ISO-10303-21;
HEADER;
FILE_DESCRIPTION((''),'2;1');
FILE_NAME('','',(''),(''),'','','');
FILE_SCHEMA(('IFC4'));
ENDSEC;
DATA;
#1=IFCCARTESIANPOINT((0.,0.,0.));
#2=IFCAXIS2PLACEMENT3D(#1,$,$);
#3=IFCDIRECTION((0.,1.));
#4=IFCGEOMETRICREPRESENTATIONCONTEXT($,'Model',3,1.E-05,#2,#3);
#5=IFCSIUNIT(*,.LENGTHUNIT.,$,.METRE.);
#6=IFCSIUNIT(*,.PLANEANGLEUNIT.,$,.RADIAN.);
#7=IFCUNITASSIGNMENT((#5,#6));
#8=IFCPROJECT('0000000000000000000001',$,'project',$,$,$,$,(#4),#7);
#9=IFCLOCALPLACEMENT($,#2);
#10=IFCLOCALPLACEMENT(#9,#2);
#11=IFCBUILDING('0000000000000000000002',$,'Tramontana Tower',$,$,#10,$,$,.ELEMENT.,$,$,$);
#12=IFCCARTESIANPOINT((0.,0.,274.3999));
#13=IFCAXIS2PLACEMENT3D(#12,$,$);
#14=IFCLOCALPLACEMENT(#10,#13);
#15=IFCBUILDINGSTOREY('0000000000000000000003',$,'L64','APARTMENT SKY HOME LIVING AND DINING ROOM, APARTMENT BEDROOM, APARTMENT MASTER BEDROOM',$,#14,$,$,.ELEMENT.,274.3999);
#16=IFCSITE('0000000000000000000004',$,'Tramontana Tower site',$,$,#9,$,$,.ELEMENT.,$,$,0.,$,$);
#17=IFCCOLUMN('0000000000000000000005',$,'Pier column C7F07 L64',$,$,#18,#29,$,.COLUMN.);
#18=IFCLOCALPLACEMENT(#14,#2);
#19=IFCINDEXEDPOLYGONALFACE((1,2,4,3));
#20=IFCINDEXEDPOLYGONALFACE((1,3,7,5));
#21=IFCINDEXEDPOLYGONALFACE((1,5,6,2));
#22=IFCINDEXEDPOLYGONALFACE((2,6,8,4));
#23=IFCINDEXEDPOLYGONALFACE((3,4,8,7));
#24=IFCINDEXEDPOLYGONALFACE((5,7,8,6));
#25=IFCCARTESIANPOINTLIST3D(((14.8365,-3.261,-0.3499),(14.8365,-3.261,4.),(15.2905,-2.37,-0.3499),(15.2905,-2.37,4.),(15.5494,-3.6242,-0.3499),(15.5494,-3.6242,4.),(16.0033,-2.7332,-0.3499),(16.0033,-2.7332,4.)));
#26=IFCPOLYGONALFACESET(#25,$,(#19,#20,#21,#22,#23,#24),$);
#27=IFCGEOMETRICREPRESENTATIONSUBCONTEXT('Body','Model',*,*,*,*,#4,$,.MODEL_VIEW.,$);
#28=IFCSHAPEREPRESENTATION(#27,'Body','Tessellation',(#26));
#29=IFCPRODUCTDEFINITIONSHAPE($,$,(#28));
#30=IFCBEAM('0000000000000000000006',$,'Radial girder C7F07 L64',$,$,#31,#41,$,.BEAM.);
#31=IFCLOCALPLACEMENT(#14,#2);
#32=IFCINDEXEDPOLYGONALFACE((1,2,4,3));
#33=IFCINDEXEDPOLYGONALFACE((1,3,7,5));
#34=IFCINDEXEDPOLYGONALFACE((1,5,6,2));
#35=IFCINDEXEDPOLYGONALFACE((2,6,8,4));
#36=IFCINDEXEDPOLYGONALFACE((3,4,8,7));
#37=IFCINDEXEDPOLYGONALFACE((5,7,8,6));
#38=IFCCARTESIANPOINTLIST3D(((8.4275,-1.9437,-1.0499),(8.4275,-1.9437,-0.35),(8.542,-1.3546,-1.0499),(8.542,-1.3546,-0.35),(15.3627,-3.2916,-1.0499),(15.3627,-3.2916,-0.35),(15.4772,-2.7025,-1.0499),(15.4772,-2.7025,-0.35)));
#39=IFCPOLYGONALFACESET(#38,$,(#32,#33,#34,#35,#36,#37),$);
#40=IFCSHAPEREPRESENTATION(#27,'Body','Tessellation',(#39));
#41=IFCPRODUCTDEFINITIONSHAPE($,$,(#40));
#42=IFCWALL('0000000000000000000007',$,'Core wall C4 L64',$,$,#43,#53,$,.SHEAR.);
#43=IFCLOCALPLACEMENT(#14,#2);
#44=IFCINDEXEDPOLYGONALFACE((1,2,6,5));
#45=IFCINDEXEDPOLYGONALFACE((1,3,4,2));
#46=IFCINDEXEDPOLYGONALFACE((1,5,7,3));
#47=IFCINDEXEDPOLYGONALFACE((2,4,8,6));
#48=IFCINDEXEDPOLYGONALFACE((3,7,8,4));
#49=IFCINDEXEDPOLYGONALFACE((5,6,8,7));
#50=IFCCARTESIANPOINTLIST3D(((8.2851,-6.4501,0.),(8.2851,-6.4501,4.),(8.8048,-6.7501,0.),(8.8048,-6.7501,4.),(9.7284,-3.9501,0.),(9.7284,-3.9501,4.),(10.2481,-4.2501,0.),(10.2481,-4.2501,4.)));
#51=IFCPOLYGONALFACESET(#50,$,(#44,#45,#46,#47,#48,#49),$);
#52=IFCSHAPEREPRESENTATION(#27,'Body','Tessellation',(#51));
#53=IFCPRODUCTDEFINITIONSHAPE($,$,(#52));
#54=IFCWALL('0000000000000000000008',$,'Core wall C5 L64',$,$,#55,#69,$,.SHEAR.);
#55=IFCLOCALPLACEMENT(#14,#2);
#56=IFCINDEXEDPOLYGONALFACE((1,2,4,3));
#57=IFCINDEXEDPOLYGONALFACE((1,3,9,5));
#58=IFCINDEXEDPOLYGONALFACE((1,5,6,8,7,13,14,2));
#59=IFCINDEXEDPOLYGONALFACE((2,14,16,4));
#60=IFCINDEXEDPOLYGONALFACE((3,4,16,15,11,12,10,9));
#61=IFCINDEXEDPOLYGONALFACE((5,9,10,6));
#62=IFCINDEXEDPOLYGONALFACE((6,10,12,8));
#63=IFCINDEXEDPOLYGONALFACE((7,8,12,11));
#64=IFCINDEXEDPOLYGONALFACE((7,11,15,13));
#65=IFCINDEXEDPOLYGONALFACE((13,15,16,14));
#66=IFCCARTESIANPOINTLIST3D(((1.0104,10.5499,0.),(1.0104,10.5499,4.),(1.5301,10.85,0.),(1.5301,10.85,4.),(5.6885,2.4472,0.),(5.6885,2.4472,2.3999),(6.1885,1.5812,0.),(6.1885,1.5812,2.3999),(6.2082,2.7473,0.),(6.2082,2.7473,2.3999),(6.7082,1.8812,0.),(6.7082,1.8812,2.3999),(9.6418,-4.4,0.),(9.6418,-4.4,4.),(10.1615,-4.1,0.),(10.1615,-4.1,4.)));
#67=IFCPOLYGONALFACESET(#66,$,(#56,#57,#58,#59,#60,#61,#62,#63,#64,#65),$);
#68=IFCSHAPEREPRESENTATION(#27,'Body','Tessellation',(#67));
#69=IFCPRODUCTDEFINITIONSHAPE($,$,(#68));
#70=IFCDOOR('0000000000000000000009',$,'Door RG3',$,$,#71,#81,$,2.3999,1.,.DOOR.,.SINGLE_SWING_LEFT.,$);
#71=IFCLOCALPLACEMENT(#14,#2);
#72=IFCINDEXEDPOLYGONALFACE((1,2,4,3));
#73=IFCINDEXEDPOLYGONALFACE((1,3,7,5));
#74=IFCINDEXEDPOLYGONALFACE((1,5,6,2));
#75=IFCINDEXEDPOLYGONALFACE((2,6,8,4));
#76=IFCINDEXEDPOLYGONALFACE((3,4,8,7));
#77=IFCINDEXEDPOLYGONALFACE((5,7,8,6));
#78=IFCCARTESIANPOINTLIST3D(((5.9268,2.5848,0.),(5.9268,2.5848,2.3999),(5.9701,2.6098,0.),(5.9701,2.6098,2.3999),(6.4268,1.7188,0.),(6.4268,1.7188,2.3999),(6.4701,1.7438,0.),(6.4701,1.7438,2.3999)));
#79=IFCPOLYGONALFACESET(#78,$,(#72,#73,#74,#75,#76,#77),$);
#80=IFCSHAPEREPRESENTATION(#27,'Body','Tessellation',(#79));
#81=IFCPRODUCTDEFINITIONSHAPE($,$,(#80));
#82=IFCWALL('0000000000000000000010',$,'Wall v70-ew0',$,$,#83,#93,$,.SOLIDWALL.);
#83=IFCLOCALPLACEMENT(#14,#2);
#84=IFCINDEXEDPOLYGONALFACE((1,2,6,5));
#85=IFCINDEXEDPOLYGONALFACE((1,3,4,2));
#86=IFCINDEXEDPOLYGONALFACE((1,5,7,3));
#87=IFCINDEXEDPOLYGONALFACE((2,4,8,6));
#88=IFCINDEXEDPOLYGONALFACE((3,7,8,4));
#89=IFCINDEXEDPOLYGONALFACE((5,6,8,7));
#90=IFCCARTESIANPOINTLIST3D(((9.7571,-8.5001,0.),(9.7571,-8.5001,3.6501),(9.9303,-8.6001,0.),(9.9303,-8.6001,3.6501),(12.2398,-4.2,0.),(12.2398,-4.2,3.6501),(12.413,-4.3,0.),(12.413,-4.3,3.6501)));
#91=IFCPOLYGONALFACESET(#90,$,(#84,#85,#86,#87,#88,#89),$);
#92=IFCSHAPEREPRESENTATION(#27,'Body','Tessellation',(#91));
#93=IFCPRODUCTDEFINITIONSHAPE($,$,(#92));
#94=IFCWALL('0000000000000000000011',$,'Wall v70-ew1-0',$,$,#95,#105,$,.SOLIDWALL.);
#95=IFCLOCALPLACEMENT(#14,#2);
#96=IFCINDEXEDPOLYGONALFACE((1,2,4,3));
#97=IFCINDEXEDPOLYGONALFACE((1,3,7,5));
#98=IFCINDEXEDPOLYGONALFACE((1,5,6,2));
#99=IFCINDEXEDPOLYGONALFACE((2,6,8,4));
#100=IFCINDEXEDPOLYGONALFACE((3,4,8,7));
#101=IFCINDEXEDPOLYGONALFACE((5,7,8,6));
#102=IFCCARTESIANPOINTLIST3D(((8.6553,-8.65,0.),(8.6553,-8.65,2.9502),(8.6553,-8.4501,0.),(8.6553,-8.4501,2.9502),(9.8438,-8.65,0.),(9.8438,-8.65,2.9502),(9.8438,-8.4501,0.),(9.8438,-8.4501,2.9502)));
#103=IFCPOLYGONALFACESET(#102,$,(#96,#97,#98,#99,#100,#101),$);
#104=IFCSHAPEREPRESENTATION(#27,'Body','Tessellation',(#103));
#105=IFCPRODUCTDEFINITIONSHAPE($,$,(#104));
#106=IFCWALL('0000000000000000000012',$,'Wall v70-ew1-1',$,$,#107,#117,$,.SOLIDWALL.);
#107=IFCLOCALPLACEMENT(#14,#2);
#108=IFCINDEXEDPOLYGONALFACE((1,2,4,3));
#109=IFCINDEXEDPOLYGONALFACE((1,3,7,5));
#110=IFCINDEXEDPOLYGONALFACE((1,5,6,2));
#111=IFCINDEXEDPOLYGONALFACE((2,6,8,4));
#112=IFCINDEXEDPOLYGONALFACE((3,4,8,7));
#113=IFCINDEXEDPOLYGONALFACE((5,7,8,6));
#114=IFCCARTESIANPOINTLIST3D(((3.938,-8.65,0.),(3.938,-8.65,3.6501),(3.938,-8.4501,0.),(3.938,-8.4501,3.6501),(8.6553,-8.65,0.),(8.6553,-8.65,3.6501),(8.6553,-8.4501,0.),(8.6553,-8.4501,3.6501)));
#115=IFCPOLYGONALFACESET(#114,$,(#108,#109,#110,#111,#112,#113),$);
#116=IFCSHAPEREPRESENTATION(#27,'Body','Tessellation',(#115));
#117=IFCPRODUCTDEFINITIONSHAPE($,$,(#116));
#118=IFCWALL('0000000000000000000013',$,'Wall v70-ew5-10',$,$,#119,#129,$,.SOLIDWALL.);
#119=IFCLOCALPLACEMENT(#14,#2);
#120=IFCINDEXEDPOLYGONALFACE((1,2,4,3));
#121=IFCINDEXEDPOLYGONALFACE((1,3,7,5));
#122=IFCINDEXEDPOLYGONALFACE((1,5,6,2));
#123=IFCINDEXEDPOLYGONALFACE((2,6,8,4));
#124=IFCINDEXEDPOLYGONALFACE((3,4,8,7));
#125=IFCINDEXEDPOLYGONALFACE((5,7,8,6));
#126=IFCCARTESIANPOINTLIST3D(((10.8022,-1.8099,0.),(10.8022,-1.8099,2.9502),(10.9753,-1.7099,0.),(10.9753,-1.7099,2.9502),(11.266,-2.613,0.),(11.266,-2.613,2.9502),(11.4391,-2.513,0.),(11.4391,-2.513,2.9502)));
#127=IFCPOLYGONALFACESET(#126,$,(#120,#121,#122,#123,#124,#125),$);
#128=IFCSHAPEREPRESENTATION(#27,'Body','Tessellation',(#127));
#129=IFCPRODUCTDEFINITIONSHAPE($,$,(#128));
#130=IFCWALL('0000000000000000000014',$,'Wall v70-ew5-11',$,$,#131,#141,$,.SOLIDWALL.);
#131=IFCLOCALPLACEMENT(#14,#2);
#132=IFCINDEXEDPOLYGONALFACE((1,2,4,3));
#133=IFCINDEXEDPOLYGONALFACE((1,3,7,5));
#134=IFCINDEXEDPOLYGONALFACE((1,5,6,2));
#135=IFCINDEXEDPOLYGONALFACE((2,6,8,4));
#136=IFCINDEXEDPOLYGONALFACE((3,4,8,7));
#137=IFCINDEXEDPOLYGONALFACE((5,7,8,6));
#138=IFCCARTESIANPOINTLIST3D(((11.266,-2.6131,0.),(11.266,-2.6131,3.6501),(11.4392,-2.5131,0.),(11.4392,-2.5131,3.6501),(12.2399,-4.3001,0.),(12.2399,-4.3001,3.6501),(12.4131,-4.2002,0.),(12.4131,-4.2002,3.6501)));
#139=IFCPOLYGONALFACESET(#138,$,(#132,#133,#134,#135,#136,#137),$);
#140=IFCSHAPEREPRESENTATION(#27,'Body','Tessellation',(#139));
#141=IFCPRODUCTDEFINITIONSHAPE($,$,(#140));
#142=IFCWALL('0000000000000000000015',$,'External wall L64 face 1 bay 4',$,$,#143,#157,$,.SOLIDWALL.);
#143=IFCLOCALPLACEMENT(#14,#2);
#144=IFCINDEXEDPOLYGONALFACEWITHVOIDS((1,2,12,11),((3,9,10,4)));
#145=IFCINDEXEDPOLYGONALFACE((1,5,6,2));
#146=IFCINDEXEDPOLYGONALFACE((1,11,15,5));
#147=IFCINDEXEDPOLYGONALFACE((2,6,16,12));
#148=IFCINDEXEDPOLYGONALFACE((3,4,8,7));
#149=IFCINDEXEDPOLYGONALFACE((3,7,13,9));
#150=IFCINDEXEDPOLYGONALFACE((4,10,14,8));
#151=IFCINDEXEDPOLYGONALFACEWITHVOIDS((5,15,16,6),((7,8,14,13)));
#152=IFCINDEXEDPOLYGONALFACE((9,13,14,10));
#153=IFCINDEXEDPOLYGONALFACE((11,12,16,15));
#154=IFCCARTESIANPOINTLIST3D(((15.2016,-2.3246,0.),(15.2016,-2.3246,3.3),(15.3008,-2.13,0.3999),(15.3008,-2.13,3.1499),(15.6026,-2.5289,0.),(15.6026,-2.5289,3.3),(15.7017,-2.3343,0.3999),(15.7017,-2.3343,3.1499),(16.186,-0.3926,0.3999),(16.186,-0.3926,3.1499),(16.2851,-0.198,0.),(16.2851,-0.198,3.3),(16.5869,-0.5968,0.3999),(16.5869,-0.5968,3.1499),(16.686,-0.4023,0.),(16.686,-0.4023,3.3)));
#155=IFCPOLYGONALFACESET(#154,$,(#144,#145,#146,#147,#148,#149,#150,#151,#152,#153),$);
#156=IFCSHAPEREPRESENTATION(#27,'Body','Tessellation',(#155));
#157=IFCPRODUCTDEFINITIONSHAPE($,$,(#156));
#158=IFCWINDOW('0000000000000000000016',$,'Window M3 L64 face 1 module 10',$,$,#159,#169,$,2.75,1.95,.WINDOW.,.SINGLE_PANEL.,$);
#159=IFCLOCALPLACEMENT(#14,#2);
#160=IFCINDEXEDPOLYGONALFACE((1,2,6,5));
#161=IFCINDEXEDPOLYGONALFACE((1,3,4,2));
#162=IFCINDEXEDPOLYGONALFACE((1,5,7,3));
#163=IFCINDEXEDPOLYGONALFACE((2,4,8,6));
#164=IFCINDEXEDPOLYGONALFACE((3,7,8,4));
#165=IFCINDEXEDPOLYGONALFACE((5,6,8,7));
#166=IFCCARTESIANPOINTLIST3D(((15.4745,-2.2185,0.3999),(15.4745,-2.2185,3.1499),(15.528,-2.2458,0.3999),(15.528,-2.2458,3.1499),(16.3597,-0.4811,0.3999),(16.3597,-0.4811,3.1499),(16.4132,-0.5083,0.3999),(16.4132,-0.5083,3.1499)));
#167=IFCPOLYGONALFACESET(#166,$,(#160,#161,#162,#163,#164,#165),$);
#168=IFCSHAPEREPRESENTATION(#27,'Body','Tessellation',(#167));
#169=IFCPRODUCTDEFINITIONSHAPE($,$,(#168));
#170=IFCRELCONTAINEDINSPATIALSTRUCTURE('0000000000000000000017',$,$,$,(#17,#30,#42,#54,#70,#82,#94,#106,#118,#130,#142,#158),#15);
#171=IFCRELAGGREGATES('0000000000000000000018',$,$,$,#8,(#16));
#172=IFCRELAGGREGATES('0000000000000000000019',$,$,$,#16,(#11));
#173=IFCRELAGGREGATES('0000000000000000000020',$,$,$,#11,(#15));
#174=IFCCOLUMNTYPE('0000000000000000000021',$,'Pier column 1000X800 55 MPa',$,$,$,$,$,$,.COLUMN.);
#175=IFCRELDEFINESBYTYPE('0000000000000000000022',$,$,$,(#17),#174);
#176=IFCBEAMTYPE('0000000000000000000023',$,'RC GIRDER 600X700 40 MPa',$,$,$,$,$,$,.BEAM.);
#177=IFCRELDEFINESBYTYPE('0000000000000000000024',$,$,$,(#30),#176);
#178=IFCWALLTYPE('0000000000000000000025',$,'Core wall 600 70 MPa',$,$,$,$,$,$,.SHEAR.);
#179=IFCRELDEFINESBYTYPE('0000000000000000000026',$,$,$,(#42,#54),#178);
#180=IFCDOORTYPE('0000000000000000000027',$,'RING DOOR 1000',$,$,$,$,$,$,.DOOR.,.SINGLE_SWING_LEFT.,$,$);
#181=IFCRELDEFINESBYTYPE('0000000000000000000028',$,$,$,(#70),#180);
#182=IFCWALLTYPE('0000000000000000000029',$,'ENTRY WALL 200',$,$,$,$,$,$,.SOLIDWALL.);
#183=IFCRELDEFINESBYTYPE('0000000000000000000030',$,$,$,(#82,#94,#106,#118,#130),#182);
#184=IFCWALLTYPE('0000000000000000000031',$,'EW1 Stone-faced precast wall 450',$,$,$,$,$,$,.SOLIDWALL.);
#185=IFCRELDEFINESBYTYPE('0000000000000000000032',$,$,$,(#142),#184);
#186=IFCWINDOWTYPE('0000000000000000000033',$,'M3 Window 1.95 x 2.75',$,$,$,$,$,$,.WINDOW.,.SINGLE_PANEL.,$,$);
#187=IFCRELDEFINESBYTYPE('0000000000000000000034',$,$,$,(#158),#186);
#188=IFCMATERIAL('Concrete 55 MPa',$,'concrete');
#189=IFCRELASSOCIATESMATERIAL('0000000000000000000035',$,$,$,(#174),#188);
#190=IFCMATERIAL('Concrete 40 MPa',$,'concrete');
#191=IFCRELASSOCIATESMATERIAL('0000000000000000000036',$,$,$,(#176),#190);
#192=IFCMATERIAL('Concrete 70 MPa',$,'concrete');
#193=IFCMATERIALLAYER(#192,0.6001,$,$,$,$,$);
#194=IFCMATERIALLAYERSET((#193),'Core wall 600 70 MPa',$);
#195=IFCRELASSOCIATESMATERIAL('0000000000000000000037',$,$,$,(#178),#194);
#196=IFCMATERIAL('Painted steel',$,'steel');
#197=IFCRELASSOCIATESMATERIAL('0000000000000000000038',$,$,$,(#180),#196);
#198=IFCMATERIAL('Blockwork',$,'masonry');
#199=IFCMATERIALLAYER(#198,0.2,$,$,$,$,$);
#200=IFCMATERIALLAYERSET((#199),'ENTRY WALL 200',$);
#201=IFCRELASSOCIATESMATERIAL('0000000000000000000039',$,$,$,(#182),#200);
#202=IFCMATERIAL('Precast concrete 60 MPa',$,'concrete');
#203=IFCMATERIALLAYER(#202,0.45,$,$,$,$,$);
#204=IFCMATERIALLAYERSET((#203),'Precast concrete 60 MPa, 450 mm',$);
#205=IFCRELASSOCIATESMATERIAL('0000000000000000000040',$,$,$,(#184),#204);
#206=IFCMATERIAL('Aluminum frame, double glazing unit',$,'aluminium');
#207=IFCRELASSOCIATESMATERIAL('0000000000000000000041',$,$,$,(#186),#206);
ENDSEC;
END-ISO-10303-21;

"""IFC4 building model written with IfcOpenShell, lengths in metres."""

from ifc_helpers import new_model, si_unit, direction, frame, frame_2d, origin, origin_2d, place, context, subcontext, project, spatial, rectangle, extrude, material, layer, layer_set, material_profile, profile_set, type_object, element, fill, save


model = new_model("IFC4")

# Units and contexts
model_context = context("Model", 3, precision=1e-05, world=origin(), true_north=direction((0.0, 1.0)))
body_context = subcontext(model_context, "Body", "Model", "MODEL_VIEW")
ifc_project = project(units=[si_unit("LENGTHUNIT", "METRE"), si_unit("PLANEANGLEUNIT", "RADIAN")], contexts=[model_context])

# Site, building, storey
site_placement = place(None, origin())
site = spatial("IfcSite", under=ifc_project, at=site_placement, Name="Tramontana Tower site", CompositionType="ELEMENT", RefElevation=0.0)
building_placement = place(site_placement, origin())
building = spatial("IfcBuilding", under=site, at=building_placement, Name="Tramontana Tower", CompositionType="ELEMENT")
storey_placement = place(building_placement, frame((0.0, 0.0, 274.3999)))
storey = spatial("IfcBuildingStorey", under=building, at=storey_placement, Name="L64", Description="APARTMENT SKY HOME LIVING AND DINING ROOM, APARTMENT BEDROOM, APARTMENT MASTER BEDROOM", CompositionType="ELEMENT", Elevation=274.3999)

# Column
ifc_material_1 = material(Name="Concrete 55 MPa", Category="concrete")
ifc_material_profile_1 = material_profile(ifc_material_1, rectangle(XDim=1.0, YDim=0.8, at=origin_2d()), Name="Pier column 1000X800 55 MPa")
ifc_profile_set_1 = profile_set([ifc_material_profile_1], Name="Concrete 55 MPa")
column_type = type_object("IfcColumnType", Name="Pier column 1000X800 55 MPa", PredefinedType="COLUMN", material=ifc_profile_set_1)
column_placement = place(storey_placement, frame((15.4199, -2.9971, -0.3499), z_axis=(0.0, 0.0, 1.0), x_axis=(0.45399, 0.891007, 0.0)))
element("IfcColumn", 1, at=column_placement, inside=storey, type_object=column_type, Name="Pier column C7F07 L64", PredefinedType="COLUMN", context=body_context, shape_type="SweptSolid", body=[
    extrude(rectangle(XDim=1.0, YDim=0.8, at=origin_2d()), origin(), (0.0, 0.0, 1.0), 4.3499),
])

# Beam
ifc_material_2 = material(Name="Concrete 40 MPa", Category="concrete")
ifc_material_profile_2 = material_profile(ifc_material_2, rectangle(XDim=0.6001, YDim=0.7, at=origin_2d()), Name="RC GIRDER 600X700 40 MPa")
ifc_profile_set_2 = profile_set([ifc_material_profile_2], Name="Concrete 40 MPa")
beam_type = type_object("IfcBeamType", Name="RC GIRDER 600X700 40 MPa", PredefinedType="BEAM", material=ifc_profile_set_2)
beam_placement = place(storey_placement, frame((15.4199, -2.9971, -0.7), z_axis=(-0.981631, 0.19079, 0.0), x_axis=(-0.19079, -0.981631, 0.0)))
element("IfcBeam", 2, at=beam_placement, inside=storey, type_object=beam_type, Name="Radial girder C7F07 L64", PredefinedType="BEAM", context=body_context, shape_type="SweptSolid", body=[
    extrude(rectangle(XDim=0.6001, YDim=0.7, at=origin_2d()), origin(), (0.0, 0.0, 1.0), 7.0649),
])

# Wall
ifc_material_3 = material(Name="Concrete 70 MPa", Category="concrete")
ifc_layer_1 = layer(ifc_material_3, 0.6001)
ifc_layer_set_1 = layer_set([ifc_layer_1], Name="Core wall 600 70 MPa")
wall_type_1 = type_object("IfcWallType", Name="Core wall 600 70 MPa", PredefinedType="SHEAR", material=ifc_layer_set_1)
wall_1_placement = place(storey_placement, frame((8.5449, -6.6001, 0.0), z_axis=(0.0, 0.0, 1.0), x_axis=(0.499996, 0.866028, 0.0)))
element("IfcWall", 3, at=wall_1_placement, inside=storey, type_object=wall_type_1, Name="Core wall C4 L64", PredefinedType="SHEAR", context=body_context, shape_type="SweptSolid", body=[
    extrude(rectangle(XDim=2.8867, YDim=0.6001, at=frame_2d((1.4434, 0.0))), origin(), (0.0, 0.0, 1.0), 4.0),
])

# Wall, opening, door
wall_2_placement = place(storey_placement, frame((9.9016, -4.25, 0.0), z_axis=(0.0, 0.0, 1.0), x_axis=(-0.5, 0.866026, 0.0)))
wall_2 = element("IfcWall", 4, at=wall_2_placement, inside=storey, type_object=wall_type_1, Name="Core wall C5 L64", PredefinedType="SHEAR", context=body_context, shape_type="SweptSolid", body=[
    extrude(rectangle(XDim=17.2627, YDim=0.6001, at=frame_2d((8.6313, 0.0))), origin(), (0.0, 0.0, 1.0), 4.0),
])
opening_1_placement = place(wall_2_placement, frame((6.9065, 0.0, 0.0)))
opening_1 = element("IfcOpeningElement", 5, at=opening_1_placement, cuts=wall_2, PredefinedType="OPENING", context=body_context, shape_type="SweptSolid", body=[
    extrude(rectangle(XDim=1.0, YDim=2.3999, at=frame_2d((0.5, 1.2))), frame((0.0, 0.3101, 0.0), z_axis=(0.0, -1.0, 0.0), x_axis=(1.0, 0.0, 0.0)), (0.0, 0.0, 1.0), 0.6201),
])
ifc_material_4 = material(Name="Painted steel", Category="steel")
door_type_1 = type_object("IfcDoorType", Name="RING DOOR 1000", OperationType="SINGLE_SWING_LEFT", PredefinedType="DOOR", material=ifc_material_4)
door_1_placement = place(opening_1_placement, origin())
door_1 = element("IfcDoor", 6, at=door_1_placement, inside=storey, type_object=door_type_1, Name="Door RG3", OperationType="SINGLE_SWING_LEFT", OverallHeight=2.3999, OverallWidth=1.0, PredefinedType="DOOR", context=body_context, shape_type="SweptSolid", body=[
    extrude(rectangle(XDim=1.0, YDim=2.3999, at=frame_2d((0.5, 1.2))), frame((0.0, 0.0249, 0.0), z_axis=(0.0, -1.0, 0.0), x_axis=(1.0, 0.0, 0.0)), (0.0, 0.0, 1.0), 0.05),
])
fill(opening_1, door_1)

# Walls
ifc_material_5 = material(Name="Blockwork", Category="masonry")
ifc_layer_2 = layer(ifc_material_5, 0.2)
ifc_layer_set_2 = layer_set([ifc_layer_2], Name="ENTRY WALL 200")
wall_type_2 = type_object("IfcWallType", Name="ENTRY WALL 200", PredefinedType="SOLIDWALL", material=ifc_layer_set_2)
wall_3_placement = place(storey_placement, frame((12.3264, -4.25, 0.0), z_axis=(0.0, 0.0, 1.0), x_axis=(-0.500005, -0.866023, 0.0)))
element("IfcWall", 7, at=wall_3_placement, inside=storey, type_object=wall_type_2, Name="Wall v70-ew0", PredefinedType="SOLIDWALL", context=body_context, shape_type="SweptSolid", body=[
    extrude(rectangle(XDim=4.9653, YDim=0.2, at=frame_2d((2.4827, 0.0))), origin(), (0.0, 0.0, 1.0), 3.6501),
])
wall_4_placement = place(storey_placement, frame((9.8438, -8.55, 0.0), z_axis=(0.0, 0.0, 1.0), x_axis=(-1.0, 0.0, 0.0)))
element("IfcWall", 8, at=wall_4_placement, inside=storey, type_object=wall_type_2, Name="Wall v70-ew1-0", PredefinedType="SOLIDWALL", context=body_context, shape_type="SweptSolid", body=[
    extrude(rectangle(XDim=1.1885, YDim=0.2, at=frame_2d((0.5942, 0.0))), origin(), (0.0, 0.0, 1.0), 2.9502),
])
wall_5_placement = place(storey_placement, frame((8.6553, -8.55, 0.0), z_axis=(0.0, 0.0, 1.0), x_axis=(-1.0, 0.0, 0.0)))
element("IfcWall", 9, at=wall_5_placement, inside=storey, type_object=wall_type_2, Name="Wall v70-ew1-1", PredefinedType="SOLIDWALL", context=body_context, shape_type="SweptSolid", body=[
    extrude(rectangle(XDim=4.7173, YDim=0.2, at=frame_2d((2.3586, 0.0))), origin(), (0.0, 0.0, 1.0), 3.6501),
])
wall_6_placement = place(storey_placement, frame((10.8887, -1.7598, 0.0), z_axis=(0.0, 0.0, 1.0), x_axis=(0.500102, -0.865966, 0.0)))
element("IfcWall", 10, at=wall_6_placement, inside=storey, type_object=wall_type_2, Name="Wall v70-ew5-10", PredefinedType="SOLIDWALL", context=body_context, shape_type="SweptSolid", body=[
    extrude(rectangle(XDim=0.9275, YDim=0.2, at=frame_2d((0.4639, 0.0))), origin(), (0.0, 0.0, 1.0), 2.9502),
])
wall_7_placement = place(storey_placement, frame((11.3525, -2.563, 0.0), z_axis=(0.0, 0.0, 1.0), x_axis=(0.499954, -0.866052, 0.0)))
element("IfcWall", 11, at=wall_7_placement, inside=storey, type_object=wall_type_2, Name="Wall v70-ew5-11", PredefinedType="SOLIDWALL", context=body_context, shape_type="SweptSolid", body=[
    extrude(rectangle(XDim=1.948, YDim=0.2, at=frame_2d((0.9741, 0.0))), origin(), (0.0, 0.0, 1.0), 3.6501),
])

# Wall, opening, window
ifc_material_6 = material(Name="Precast concrete 60 MPa", Category="concrete")
ifc_layer_3 = layer(ifc_material_6, 0.45)
ifc_layer_set_3 = layer_set([ifc_layer_3], Name="Precast concrete 60 MPa, 450 mm")
wall_type_3 = type_object("IfcWallType", Name="EW1 Stone-faced precast wall 450", PredefinedType="SOLIDWALL", material=ifc_layer_set_3)
wall_8_placement = place(storey_placement, frame((15.4021, -2.4268, 0.0), z_axis=(0.0, 0.0, 1.0), x_axis=(0.453952, 0.891026, 0.0)))
wall_8 = element("IfcWall", 12, at=wall_8_placement, inside=storey, type_object=wall_type_3, Name="External wall L64 face 1 bay 4", PredefinedType="SOLIDWALL", context=body_context, shape_type="SweptSolid", body=[
    extrude(rectangle(XDim=2.3867, YDim=0.45, at=frame_2d((1.1934, 0.0))), origin(), (0.0, 0.0, 1.0), 3.3),
])
opening_2_placement = place(wall_8_placement, frame((0.2183, 0.0, 0.3999)))
opening_2 = element("IfcOpeningElement", 13, at=opening_2_placement, cuts=wall_8, PredefinedType="OPENING", context=body_context, shape_type="SweptSolid", body=[
    extrude(rectangle(XDim=1.95, YDim=2.75, at=frame_2d((0.9751, 1.375))), frame((0.0, 0.2349, 0.0), z_axis=(0.0, -1.0, 0.0), x_axis=(1.0, 0.0, 0.0)), (0.0, 0.0, 1.0), 0.47),
])
ifc_material_7 = material(Name="Aluminum frame, double glazing unit", Category="aluminium")
window_type = type_object("IfcWindowType", Name="M3 Window 1.95 x 2.75", PartitioningType="SINGLE_PANEL", PredefinedType="WINDOW", material=ifc_material_7)
window_placement = place(opening_2_placement, origin())
window = element("IfcWindow", 14, at=window_placement, inside=storey, type_object=window_type, Name="Window M3 L64 face 1 module 10", OverallHeight=2.75, OverallWidth=1.95, PartitioningType="SINGLE_PANEL", PredefinedType="WINDOW", context=body_context, shape_type="SweptSolid", body=[
    extrude(rectangle(XDim=1.95, YDim=2.75, at=frame_2d((0.9751, 1.375))), frame((0.0, 0.03, 0.0), z_axis=(0.0, -1.0, 0.0), x_axis=(1.0, 0.0, 0.0)), (0.0, 0.0, 1.0), 0.0601),
])
fill(opening_2, window)

save(model, "model.ifc")
